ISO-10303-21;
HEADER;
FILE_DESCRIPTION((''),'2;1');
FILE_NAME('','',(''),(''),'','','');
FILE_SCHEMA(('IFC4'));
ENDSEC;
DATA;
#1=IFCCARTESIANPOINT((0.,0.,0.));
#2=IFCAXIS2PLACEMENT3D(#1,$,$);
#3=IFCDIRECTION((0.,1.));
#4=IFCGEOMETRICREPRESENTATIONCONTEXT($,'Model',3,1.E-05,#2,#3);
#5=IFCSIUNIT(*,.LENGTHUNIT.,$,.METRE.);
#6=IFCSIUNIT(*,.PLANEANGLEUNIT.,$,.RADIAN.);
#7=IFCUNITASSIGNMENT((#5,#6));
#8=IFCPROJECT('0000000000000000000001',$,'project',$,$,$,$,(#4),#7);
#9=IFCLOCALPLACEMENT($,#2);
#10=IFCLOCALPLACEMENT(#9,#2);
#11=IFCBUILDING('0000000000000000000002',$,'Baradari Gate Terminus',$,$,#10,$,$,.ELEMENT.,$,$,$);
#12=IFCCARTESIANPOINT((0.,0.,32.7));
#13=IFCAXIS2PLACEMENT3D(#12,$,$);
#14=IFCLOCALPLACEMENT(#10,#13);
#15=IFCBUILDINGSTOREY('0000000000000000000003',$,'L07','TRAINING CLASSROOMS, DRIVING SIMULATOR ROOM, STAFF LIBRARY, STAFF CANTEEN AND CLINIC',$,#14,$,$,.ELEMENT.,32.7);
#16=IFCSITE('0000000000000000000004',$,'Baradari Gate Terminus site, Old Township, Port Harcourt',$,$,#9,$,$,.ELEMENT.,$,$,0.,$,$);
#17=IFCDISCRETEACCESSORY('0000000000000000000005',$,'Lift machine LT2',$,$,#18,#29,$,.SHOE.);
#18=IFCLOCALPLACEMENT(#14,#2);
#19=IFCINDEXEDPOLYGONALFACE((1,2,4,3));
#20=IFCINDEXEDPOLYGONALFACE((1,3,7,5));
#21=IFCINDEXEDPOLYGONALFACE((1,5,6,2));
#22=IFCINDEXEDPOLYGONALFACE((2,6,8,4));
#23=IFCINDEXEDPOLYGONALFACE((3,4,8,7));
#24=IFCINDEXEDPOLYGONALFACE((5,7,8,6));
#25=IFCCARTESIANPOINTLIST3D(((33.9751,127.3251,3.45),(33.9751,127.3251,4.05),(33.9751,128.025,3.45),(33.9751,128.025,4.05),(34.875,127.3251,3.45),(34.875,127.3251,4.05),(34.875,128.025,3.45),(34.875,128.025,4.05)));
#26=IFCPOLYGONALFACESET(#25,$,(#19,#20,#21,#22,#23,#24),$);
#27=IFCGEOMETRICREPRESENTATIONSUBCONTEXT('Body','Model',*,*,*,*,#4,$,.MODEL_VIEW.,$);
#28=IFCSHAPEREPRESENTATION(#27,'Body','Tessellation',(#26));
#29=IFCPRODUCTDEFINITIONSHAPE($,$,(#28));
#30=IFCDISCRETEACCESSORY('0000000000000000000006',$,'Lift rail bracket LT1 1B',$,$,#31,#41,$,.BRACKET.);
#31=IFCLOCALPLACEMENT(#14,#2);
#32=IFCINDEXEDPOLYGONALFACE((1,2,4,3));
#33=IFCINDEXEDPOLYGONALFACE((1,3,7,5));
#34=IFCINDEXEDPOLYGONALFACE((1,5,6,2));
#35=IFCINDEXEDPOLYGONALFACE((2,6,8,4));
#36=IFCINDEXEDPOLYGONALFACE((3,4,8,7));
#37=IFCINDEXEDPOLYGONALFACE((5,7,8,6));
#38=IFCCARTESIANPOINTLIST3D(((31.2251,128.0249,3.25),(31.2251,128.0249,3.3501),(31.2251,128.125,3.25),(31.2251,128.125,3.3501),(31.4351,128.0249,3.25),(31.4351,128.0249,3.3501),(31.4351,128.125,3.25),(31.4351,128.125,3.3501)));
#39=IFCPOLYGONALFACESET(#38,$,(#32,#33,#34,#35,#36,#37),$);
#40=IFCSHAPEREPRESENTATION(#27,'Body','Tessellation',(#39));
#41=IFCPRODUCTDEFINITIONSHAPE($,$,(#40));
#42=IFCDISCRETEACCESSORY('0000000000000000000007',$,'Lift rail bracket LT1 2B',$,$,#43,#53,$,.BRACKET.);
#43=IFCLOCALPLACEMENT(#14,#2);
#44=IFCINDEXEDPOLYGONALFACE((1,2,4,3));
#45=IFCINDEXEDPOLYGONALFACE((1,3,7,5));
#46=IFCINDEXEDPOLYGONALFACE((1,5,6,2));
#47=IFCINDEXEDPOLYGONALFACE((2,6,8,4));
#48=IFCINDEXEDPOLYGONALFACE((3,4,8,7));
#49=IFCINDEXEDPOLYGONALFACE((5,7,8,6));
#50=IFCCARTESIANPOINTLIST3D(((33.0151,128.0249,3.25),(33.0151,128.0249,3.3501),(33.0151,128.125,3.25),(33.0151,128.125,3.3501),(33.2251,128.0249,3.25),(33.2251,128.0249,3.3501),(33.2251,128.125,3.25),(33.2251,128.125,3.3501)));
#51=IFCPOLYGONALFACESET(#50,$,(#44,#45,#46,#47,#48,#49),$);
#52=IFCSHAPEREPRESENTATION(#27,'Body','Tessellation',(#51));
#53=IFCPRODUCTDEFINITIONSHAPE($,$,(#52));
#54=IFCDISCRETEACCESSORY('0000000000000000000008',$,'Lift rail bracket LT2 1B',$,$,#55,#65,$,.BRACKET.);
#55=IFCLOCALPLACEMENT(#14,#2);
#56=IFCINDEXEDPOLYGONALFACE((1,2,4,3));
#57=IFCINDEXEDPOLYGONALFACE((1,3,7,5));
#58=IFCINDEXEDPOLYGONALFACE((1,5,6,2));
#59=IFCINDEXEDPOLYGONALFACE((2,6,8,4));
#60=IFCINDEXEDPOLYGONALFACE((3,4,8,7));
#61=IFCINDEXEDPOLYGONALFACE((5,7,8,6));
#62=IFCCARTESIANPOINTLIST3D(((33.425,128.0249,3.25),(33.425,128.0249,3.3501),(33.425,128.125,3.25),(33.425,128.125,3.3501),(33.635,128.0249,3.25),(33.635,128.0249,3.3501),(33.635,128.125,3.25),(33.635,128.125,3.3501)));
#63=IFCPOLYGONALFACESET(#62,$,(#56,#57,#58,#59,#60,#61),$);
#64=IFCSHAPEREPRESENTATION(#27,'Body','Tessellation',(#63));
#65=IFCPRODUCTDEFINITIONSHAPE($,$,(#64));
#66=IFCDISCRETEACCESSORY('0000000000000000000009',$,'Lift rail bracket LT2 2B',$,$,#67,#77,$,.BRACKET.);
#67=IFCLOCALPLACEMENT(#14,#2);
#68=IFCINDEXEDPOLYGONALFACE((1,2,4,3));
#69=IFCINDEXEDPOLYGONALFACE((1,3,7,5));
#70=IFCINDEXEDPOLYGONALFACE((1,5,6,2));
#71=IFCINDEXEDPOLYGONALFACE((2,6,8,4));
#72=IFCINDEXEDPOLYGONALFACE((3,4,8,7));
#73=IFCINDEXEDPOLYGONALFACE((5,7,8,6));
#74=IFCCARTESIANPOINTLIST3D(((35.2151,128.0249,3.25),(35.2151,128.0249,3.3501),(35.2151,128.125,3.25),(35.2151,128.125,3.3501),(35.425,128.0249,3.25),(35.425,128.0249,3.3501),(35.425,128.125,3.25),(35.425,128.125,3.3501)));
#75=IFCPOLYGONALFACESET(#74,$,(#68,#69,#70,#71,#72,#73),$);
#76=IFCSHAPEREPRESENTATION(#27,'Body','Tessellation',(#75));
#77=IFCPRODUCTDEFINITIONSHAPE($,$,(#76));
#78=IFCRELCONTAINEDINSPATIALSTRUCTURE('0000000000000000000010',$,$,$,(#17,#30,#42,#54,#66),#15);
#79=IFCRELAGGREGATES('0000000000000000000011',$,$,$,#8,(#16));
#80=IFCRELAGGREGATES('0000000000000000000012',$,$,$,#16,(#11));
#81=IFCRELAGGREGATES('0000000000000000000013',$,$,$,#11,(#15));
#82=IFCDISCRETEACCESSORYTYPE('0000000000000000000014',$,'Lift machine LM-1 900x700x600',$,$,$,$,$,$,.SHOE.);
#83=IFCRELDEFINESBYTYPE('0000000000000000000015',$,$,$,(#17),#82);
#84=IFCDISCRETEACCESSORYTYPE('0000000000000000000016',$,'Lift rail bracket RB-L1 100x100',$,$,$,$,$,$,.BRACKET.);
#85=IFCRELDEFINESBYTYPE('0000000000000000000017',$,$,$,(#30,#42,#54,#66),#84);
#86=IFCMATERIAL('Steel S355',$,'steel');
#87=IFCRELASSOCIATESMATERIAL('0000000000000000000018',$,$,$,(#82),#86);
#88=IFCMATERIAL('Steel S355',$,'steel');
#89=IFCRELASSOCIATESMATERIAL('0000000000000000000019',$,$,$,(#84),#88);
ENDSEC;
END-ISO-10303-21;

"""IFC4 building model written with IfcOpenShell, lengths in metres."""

from ifc_helpers import new_model, si_unit, direction, frame, origin, origin_2d, place, context, subcontext, project, spatial, rectangle, extrude, material, type_object, element, save


model = new_model("IFC4")

# Units and contexts
model_context = context("Model", 3, precision=1e-05, world=origin(), true_north=direction((0.0, 1.0)))
body_context = subcontext(model_context, "Body", "Model", "MODEL_VIEW")
ifc_project = project(units=[si_unit("LENGTHUNIT", "METRE"), si_unit("PLANEANGLEUNIT", "RADIAN")], contexts=[model_context])

# Site, building, storey
site_placement = place(None, origin())
site = spatial("IfcSite", under=ifc_project, at=site_placement, Name="Baradari Gate Terminus site, Old Township, Port Harcourt", CompositionType="ELEMENT", RefElevation=0.0)
building_placement = place(site_placement, origin())
building = spatial("IfcBuilding", under=site, at=building_placement, Name="Baradari Gate Terminus", CompositionType="ELEMENT")
storey_placement = place(building_placement, frame((0.0, 0.0, 32.7)))
storey = spatial("IfcBuildingStorey", under=building, at=storey_placement, Name="L07", Description="TRAINING CLASSROOMS, DRIVING SIMULATOR ROOM, STAFF LIBRARY, STAFF CANTEEN AND CLINIC", CompositionType="ELEMENT", Elevation=32.7)

# Discrete accessories
ifc_material_1 = material(Name="Steel S355", Category="steel")
discrete_accessory_type_1 = type_object("IfcDiscreteAccessoryType", Name="Lift machine LM-1 900x700x600", PredefinedType="SHOE", material=ifc_material_1)
for number, where, z_axis, x_axis, name in (
    (1, (34.425, 127.675, 3.45), (0.0, 0.0, 1.0), (1.0, 0.0, 0.0), "Lift machine LT2"),
):
    element("IfcDiscreteAccessory", number, at=place(storey_placement, frame(where, z_axis=z_axis, x_axis=x_axis)), inside=storey, type_object=discrete_accessory_type_1, Name=name, PredefinedType="SHOE", context=body_context, shape_type="SweptSolid", body=[
        extrude(rectangle(XDim=0.8999, YDim=0.7, at=origin_2d()), origin(), (0.0, 0.0, 1.0), 0.6001),
    ])
ifc_material_2 = material(Name="Steel S355", Category="steel")
discrete_accessory_type_2 = type_object("IfcDiscreteAccessoryType", Name="Lift rail bracket RB-L1 100x100", PredefinedType="BRACKET", material=ifc_material_2)
for number, where, z_axis, x_axis, name in (
    (2, (31.3301, 128.075, 3.25), (0.0, 0.0, 1.0), (1.0, 0.0, 0.0), "Lift rail bracket LT1 1B"),
    (3, (33.1201, 128.075, 3.25), (0.0, 0.0, 1.0), (1.0, 0.0, 0.0), "Lift rail bracket LT1 2B"),
    (4, (33.53, 128.075, 3.25), (0.0, 0.0, 1.0), (1.0, 0.0, 0.0), "Lift rail bracket LT2 1B"),
    (5, (35.3201, 128.075, 3.25), (0.0, 0.0, 1.0), (1.0, 0.0, 0.0), "Lift rail bracket LT2 2B"),
):
    element("IfcDiscreteAccessory", number, at=place(storey_placement, frame(where, z_axis=z_axis, x_axis=x_axis)), inside=storey, type_object=discrete_accessory_type_2, Name=name, PredefinedType="BRACKET", context=body_context, shape_type="SweptSolid", body=[
        extrude(rectangle(XDim=0.21, YDim=0.1001, at=origin_2d()), origin(), (0.0, 0.0, 1.0), 0.1001),
    ])

save(model, "model.ifc")
